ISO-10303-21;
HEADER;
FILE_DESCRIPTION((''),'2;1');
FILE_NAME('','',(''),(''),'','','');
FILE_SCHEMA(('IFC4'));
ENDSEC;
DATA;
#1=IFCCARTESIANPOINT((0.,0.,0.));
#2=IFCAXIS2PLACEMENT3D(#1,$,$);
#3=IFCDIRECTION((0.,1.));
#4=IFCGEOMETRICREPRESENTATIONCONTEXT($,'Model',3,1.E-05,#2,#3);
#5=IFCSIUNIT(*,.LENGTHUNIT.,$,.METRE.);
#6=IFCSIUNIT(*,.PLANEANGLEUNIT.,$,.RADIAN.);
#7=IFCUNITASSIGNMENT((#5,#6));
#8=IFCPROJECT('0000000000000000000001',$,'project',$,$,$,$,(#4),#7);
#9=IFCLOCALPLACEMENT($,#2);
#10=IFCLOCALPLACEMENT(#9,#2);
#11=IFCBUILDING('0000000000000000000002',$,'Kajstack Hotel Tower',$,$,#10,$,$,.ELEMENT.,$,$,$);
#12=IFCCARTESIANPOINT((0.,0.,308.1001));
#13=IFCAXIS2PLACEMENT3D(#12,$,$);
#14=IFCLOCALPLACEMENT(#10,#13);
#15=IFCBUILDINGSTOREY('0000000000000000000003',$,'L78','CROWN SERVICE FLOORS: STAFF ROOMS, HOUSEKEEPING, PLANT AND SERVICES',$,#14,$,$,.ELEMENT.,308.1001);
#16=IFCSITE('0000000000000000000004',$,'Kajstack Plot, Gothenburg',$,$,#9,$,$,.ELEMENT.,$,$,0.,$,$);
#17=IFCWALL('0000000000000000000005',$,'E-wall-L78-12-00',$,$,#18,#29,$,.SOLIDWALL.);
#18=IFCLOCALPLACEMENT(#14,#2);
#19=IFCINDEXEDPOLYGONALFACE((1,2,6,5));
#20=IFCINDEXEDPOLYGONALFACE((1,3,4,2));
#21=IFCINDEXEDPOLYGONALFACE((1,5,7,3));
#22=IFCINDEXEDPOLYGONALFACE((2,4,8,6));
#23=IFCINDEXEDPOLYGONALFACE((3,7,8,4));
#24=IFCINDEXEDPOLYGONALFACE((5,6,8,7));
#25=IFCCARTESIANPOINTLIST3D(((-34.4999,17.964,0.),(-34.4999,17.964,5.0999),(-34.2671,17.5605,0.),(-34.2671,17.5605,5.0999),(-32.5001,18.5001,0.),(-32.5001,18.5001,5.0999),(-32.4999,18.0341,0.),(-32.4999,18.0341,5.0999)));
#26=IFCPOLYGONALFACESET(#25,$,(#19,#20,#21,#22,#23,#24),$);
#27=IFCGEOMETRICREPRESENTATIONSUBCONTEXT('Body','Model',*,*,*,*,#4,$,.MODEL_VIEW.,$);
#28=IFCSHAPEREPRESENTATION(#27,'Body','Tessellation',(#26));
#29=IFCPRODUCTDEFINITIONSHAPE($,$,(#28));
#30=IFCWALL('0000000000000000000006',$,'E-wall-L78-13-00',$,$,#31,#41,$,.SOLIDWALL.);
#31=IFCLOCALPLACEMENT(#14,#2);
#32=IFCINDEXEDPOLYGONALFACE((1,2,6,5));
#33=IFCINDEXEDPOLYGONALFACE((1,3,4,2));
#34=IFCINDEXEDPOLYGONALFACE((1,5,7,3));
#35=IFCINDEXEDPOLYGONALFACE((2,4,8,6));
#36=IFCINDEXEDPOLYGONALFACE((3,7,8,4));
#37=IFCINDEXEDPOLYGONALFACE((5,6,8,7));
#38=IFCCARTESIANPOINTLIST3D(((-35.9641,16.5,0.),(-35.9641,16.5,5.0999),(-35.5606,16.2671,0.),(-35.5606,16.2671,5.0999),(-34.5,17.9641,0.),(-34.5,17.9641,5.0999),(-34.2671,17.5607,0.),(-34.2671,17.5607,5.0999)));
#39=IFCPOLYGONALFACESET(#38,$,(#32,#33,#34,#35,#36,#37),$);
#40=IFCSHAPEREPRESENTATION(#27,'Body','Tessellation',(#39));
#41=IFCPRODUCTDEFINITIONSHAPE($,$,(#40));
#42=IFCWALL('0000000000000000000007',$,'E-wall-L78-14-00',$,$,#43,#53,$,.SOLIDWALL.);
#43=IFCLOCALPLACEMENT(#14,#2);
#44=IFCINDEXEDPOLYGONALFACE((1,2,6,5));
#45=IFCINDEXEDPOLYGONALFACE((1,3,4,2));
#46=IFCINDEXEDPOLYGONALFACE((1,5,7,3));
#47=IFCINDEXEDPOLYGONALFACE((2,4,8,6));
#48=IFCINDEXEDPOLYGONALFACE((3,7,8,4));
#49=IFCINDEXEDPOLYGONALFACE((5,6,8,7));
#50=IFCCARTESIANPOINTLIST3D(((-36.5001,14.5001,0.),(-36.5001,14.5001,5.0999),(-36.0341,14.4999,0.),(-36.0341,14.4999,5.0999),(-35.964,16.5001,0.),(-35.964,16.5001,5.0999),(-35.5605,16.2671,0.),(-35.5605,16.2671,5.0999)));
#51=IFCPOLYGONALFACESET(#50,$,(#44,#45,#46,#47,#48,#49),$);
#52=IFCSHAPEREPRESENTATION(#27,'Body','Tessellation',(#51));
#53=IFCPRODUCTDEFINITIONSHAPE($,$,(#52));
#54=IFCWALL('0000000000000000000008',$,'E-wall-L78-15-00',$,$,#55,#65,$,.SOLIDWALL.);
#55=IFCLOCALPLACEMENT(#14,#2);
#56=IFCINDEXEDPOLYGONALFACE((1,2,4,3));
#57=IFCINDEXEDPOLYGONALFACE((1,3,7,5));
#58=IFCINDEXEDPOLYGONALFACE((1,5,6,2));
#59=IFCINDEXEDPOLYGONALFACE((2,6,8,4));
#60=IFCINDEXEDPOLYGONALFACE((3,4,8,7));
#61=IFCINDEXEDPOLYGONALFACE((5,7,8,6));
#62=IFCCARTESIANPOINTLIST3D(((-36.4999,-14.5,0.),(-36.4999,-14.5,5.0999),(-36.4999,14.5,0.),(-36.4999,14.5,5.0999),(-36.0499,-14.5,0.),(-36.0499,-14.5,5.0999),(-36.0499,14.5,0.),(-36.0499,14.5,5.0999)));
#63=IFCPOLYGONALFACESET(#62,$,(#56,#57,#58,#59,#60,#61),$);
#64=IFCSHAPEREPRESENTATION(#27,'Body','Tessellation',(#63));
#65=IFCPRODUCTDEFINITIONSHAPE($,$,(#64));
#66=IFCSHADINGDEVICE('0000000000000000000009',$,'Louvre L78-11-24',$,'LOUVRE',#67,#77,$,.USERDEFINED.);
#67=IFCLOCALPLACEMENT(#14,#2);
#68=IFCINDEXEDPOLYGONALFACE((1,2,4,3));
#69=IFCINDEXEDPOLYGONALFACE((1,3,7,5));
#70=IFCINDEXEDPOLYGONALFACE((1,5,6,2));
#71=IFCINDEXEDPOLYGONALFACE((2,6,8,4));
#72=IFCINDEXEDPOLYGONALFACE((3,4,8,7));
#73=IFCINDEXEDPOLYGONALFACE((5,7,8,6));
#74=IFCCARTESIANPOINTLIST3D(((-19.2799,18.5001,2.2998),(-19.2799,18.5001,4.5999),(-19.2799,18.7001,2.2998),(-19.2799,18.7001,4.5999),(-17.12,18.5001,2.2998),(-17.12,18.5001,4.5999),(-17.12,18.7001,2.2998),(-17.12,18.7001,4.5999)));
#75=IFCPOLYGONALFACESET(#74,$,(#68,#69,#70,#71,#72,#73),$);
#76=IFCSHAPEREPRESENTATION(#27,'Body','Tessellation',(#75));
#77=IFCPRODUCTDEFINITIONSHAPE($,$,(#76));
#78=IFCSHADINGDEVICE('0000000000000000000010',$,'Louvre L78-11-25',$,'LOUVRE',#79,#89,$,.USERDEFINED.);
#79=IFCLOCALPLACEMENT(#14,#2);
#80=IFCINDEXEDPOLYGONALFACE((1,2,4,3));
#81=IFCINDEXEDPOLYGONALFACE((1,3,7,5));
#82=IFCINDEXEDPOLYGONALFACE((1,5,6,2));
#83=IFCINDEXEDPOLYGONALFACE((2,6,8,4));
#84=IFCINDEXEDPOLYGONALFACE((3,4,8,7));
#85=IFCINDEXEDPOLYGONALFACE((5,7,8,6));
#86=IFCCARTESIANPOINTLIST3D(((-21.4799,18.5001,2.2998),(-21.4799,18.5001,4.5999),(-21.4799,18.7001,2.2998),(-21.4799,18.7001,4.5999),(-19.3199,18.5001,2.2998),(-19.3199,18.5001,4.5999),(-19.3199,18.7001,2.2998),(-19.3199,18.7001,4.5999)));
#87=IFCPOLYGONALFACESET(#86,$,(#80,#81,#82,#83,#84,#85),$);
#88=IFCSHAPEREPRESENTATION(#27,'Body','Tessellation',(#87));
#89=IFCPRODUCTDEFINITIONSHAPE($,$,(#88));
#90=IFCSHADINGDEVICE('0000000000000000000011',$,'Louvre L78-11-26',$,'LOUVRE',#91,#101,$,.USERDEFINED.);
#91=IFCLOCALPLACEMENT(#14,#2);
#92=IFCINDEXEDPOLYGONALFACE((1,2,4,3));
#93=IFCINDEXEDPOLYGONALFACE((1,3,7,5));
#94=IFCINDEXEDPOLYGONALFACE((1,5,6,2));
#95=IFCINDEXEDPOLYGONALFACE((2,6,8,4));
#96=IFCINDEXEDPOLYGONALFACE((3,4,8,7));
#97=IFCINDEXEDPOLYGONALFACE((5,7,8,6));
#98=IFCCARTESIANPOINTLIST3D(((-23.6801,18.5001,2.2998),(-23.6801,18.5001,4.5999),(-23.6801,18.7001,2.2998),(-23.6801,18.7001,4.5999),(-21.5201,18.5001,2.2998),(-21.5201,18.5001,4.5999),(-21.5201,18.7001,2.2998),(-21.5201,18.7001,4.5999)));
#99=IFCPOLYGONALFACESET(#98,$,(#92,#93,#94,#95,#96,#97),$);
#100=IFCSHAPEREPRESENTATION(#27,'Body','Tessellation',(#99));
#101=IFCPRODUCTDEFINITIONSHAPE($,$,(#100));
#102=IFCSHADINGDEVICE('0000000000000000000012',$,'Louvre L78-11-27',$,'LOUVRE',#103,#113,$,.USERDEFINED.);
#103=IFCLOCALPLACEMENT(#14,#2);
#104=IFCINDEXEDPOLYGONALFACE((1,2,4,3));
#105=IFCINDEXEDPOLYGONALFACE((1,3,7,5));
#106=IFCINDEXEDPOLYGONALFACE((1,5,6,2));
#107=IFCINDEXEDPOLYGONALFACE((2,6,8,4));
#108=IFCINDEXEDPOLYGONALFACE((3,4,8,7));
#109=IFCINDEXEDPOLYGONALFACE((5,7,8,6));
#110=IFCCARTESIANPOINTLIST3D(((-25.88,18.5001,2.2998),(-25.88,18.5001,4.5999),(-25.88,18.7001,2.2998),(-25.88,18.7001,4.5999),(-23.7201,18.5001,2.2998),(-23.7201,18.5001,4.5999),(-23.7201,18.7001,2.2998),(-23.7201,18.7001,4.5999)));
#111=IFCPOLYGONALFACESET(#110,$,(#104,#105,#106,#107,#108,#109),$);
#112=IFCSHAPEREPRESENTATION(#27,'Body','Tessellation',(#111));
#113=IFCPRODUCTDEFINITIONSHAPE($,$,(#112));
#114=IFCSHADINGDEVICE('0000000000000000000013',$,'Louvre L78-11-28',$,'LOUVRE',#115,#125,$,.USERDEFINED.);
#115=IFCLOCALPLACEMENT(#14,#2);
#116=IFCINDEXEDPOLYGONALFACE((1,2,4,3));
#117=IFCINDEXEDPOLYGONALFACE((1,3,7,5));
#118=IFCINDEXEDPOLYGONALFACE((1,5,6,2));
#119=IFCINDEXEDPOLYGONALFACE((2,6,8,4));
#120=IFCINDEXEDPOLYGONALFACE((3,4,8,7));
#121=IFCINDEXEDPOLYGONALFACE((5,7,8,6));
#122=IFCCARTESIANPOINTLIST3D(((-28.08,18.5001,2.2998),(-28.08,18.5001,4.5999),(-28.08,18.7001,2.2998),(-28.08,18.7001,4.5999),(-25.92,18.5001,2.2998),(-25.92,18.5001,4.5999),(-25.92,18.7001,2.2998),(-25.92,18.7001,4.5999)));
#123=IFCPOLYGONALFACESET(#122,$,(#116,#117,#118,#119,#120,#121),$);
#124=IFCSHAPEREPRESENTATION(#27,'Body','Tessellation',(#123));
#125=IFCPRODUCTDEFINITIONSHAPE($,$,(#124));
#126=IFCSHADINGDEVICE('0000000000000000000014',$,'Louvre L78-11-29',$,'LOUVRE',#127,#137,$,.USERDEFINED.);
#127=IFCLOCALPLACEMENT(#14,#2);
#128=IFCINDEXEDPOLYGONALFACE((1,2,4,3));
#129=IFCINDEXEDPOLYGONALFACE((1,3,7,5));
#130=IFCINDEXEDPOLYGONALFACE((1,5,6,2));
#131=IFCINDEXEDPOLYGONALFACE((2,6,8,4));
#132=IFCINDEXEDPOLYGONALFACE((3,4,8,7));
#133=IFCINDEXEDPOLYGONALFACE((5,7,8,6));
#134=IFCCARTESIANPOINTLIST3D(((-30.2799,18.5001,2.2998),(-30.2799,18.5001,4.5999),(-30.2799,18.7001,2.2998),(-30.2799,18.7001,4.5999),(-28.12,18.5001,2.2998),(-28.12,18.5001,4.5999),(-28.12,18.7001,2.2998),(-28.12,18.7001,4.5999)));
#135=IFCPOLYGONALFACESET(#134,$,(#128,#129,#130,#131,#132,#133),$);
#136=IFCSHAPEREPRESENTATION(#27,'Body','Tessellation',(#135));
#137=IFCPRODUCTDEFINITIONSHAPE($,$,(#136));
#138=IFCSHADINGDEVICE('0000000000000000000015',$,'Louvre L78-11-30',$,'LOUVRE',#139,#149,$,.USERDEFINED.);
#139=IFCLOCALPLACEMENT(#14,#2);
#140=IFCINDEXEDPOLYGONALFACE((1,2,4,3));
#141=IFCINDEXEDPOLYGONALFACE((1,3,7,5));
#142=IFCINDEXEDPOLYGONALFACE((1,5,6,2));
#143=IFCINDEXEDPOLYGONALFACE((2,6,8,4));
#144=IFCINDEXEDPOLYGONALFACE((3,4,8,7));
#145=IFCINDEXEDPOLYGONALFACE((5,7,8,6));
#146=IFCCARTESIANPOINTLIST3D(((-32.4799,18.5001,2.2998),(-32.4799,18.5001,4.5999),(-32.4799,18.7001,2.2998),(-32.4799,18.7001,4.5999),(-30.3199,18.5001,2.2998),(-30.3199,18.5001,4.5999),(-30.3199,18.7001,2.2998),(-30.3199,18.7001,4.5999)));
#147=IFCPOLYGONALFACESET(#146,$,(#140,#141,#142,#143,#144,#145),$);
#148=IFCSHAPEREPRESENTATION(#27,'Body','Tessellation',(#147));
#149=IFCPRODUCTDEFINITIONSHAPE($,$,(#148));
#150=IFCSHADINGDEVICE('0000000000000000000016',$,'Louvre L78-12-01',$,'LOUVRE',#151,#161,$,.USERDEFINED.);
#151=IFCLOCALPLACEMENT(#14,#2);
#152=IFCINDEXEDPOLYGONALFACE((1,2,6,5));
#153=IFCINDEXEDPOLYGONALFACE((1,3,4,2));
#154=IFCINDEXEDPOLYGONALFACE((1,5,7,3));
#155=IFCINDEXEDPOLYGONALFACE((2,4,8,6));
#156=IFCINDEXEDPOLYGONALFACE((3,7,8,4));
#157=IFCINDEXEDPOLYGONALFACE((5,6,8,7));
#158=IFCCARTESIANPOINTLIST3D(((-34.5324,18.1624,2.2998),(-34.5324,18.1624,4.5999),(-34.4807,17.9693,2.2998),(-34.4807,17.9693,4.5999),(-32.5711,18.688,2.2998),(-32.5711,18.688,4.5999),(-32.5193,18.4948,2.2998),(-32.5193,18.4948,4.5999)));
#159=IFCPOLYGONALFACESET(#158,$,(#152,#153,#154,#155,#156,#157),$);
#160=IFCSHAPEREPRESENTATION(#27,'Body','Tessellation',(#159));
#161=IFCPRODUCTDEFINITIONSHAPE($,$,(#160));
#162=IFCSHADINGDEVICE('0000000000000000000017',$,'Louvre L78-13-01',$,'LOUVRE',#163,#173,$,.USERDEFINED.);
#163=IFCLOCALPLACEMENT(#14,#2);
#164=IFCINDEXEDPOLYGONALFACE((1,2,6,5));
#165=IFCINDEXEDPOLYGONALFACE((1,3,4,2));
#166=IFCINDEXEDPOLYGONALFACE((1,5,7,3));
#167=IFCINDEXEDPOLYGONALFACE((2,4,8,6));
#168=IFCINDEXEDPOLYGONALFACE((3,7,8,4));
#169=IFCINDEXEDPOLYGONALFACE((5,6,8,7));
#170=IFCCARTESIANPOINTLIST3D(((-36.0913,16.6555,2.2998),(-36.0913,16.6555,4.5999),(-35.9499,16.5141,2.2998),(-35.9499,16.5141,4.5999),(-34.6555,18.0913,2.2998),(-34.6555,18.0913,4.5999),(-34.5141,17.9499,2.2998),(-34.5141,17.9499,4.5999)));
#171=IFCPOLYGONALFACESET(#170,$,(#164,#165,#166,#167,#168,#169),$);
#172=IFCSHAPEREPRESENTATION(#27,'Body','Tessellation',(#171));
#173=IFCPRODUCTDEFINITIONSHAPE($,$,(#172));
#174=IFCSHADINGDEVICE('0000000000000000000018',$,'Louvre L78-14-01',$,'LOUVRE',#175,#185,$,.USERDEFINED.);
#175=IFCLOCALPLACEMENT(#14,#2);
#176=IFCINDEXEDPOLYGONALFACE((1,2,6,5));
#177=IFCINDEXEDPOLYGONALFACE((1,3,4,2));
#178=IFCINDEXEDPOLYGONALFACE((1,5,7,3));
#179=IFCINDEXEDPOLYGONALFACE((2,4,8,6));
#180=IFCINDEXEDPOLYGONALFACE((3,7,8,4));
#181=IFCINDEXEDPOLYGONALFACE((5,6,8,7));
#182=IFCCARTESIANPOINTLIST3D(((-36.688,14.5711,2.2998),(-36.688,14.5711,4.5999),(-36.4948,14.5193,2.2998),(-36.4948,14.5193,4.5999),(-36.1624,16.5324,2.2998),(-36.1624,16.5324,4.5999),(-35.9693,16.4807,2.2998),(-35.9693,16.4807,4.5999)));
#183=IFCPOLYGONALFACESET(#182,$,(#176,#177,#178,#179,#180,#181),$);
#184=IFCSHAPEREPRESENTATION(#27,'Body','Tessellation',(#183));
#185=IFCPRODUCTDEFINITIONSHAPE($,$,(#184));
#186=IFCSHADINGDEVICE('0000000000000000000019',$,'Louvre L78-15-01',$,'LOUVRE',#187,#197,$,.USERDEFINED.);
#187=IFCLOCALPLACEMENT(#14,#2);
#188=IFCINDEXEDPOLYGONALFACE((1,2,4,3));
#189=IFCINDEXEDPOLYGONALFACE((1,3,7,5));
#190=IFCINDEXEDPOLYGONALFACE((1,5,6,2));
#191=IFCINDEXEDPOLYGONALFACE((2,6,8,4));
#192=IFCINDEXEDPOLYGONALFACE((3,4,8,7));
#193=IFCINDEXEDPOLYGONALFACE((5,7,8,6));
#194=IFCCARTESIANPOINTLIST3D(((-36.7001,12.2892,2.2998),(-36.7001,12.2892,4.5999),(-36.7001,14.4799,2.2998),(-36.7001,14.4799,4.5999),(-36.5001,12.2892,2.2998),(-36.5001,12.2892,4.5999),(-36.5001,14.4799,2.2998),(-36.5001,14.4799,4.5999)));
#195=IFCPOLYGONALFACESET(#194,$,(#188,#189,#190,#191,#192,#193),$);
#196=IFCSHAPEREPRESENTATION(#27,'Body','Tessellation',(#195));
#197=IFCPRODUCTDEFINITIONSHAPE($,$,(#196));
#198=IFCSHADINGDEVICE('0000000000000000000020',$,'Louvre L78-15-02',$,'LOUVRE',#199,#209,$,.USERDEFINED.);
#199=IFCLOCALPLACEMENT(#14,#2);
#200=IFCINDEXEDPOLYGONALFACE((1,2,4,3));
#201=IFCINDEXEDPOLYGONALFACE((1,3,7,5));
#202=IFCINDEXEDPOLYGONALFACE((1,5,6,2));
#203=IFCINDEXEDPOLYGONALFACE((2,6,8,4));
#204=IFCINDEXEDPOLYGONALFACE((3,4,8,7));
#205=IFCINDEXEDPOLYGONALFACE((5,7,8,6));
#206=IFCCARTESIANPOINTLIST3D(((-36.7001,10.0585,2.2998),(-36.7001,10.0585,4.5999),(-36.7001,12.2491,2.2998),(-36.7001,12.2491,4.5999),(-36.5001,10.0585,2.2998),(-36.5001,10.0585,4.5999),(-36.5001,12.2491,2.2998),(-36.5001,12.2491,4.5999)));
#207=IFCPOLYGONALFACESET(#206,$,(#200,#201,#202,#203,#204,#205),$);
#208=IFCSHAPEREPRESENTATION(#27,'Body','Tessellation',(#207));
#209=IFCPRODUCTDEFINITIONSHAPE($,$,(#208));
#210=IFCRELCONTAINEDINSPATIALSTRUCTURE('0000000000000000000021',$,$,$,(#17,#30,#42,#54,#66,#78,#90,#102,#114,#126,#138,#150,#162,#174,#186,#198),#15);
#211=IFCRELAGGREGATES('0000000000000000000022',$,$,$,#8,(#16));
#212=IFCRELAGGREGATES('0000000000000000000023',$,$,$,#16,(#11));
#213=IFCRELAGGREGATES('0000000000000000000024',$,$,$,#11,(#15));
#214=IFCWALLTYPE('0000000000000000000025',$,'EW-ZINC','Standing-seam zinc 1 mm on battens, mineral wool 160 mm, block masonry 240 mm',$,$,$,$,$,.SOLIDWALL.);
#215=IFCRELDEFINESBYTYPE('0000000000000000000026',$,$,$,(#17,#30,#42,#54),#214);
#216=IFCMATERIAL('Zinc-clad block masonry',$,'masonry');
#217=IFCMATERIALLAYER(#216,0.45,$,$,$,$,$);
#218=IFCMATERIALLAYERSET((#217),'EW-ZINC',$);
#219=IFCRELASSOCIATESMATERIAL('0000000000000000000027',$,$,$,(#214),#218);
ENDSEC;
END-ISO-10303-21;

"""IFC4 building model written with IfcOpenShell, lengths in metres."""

from ifc_helpers import new_model, si_unit, direction, frame, frame_2d, origin, origin_2d, place, context, subcontext, project, spatial, polyline, rectangle, outline, extrude, material, layer, layer_set, type_object, element, save


model = new_model("IFC4")

# Units and contexts
model_context = context("Model", 3, precision=1e-05, world=origin(), true_north=direction((0.0, 1.0)))
body_context = subcontext(model_context, "Body", "Model", "MODEL_VIEW")
ifc_project = project(units=[si_unit("LENGTHUNIT", "METRE"), si_unit("PLANEANGLEUNIT", "RADIAN")], contexts=[model_context])

# Site, building, storey
site_placement = place(None, origin())
site = spatial("IfcSite", under=ifc_project, at=site_placement, Name="Kajstack Plot, Gothenburg", CompositionType="ELEMENT", RefElevation=0.0)
building_placement = place(site_placement, origin())
building = spatial("IfcBuilding", under=site, at=building_placement, Name="Kajstack Hotel Tower", CompositionType="ELEMENT")
storey_placement = place(building_placement, frame((0.0, 0.0, 308.1001)))
storey = spatial("IfcBuildingStorey", under=building, at=storey_placement, Name="L78", Description="CROWN SERVICE FLOORS: STAFF ROOMS, HOUSEKEEPING, PLANT AND SERVICES", CompositionType="ELEMENT", Elevation=308.1001)

# Walls
ifc_material_1 = material(Name="Zinc-clad block masonry", Category="masonry")
ifc_layer = layer(ifc_material_1, 0.45)
ifc_layer_set = layer_set([ifc_layer], Name="EW-ZINC")
wall_type = type_object("IfcWallType", Name="EW-ZINC", Description="Standing-seam zinc 1 mm on battens, mineral wool 160 mm, block masonry 240 mm", PredefinedType="SOLIDWALL", material=ifc_layer_set)
wall_1_placement = place(storey_placement, frame((-32.4417, 18.2827, 0.0), z_axis=(0.0, 0.0, 1.0), x_axis=(-0.965927, -0.258815, 0.0)))
element("IfcWall", 1, at=wall_1_placement, inside=storey, type_object=wall_type, Name="E-wall-L78-12-00", PredefinedType="SOLIDWALL", context=body_context, shape_type="SweptSolid", body=[
    extrude(outline(polyline([(0.0002, -0.2251), (2.0706, -0.2249), (1.9502, 0.2251), (0.1206, 0.2251), (0.0002, -0.2251)])), origin(), (0.0, 0.0, 1.0), 5.0999),
])
wall_2_placement = place(storey_placement, frame((-34.3408, 17.8049, 0.0), z_axis=(0.0, 0.0, 1.0), x_axis=(-0.707107, -0.707107, 0.0)))
element("IfcWall", 2, at=wall_2_placement, inside=storey, type_object=wall_type, Name="E-wall-L78-13-00", PredefinedType="SOLIDWALL", context=body_context, shape_type="SweptSolid", body=[
    extrude(outline(polyline([(0.0, -0.2251), (2.0706, -0.2251), (1.95, 0.2249), (0.1206, 0.2249), (0.0, -0.2251)])), origin(), (0.0, 0.0, 1.0), 5.0999),
])
wall_3_placement = place(storey_placement, frame((-35.7468, 16.4417, 0.0), z_axis=(0.0, 0.0, 1.0), x_axis=(-0.258815, -0.965927, 0.0)))
element("IfcWall", 3, at=wall_3_placement, inside=storey, type_object=wall_type, Name="E-wall-L78-14-00", PredefinedType="SOLIDWALL", context=body_context, shape_type="SweptSolid", body=[
    extrude(outline(polyline([(-0.0002, -0.2249), (2.0703, -0.2251), (1.95, 0.2251), (0.1204, 0.2251), (-0.0002, -0.2249)])), origin(), (0.0, 0.0, 1.0), 5.0999),
])
wall_4_placement = place(storey_placement, frame((-36.2749, 14.5, 0.0), z_axis=(0.0, 0.0, 1.0), x_axis=(0.0, -1.0, 0.0)))
element("IfcWall", 4, at=wall_4_placement, inside=storey, type_object=wall_type, Name="E-wall-L78-15-00", PredefinedType="SOLIDWALL", context=body_context, shape_type="SweptSolid", body=[
    extrude(rectangle(XDim=29.0, YDim=0.45, at=frame_2d((14.5, 0.0))), origin(), (0.0, 0.0, 1.0), 5.0999),
])

# Shading devices
for number, where, z_axis, x_axis, name in (
    (5, (-18.2, 18.6001, 2.2998), (0.0, 0.0, 1.0), (-1.0, 0.0, 0.0), "Louvre L78-11-24"),
    (6, (-20.3999, 18.6001, 2.2998), (0.0, 0.0, 1.0), (-1.0, 0.0, 0.0), "Louvre L78-11-25"),
    (7, (-22.6001, 18.6001, 2.2998), (0.0, 0.0, 1.0), (-1.0, 0.0, 0.0), "Louvre L78-11-26"),
    (8, (-24.8, 18.6001, 2.2998), (0.0, 0.0, 1.0), (-1.0, 0.0, 0.0), "Louvre L78-11-27"),
    (9, (-27.0, 18.6001, 2.2998), (0.0, 0.0, 1.0), (-1.0, 0.0, 0.0), "Louvre L78-11-28"),
    (10, (-29.2, 18.6001, 2.2998), (0.0, 0.0, 1.0), (-1.0, 0.0, 0.0), "Louvre L78-11-29"),
    (11, (-31.3999, 18.6001, 2.2998), (0.0, 0.0, 1.0), (-1.0, 0.0, 0.0), "Louvre L78-11-30"),
):
    element("IfcShadingDevice", number, at=place(storey_placement, frame(where, z_axis=z_axis, x_axis=x_axis)), inside=storey, Name=name, ObjectType="LOUVRE", PredefinedType="USERDEFINED", context=body_context, shape_type="SweptSolid", body=[
        extrude(rectangle(XDim=2.1599, YDim=0.2, at=origin_2d()), origin(), (0.0, 0.0, 1.0), 2.3),
    ])
for number, where, z_axis, x_axis, name in (
    (12, (-33.5259, 18.3286, 2.2998), (0.0, 0.0, 1.0), (-0.965926, -0.25882, 0.0), "Louvre L78-12-01"),
    (13, (-35.3027, 17.3027, 2.2998), (0.0, 0.0, 1.0), (-0.707107, -0.707107, 0.0), "Louvre L78-13-01"),
    (14, (-36.3286, 15.5259, 2.2998), (0.0, 0.0, 1.0), (-0.25882, -0.965926, 0.0), "Louvre L78-14-01"),
):
    element("IfcShadingDevice", number, at=place(storey_placement, frame(where, z_axis=z_axis, x_axis=x_axis)), inside=storey, Name=name, ObjectType="LOUVRE", PredefinedType="USERDEFINED", context=body_context, shape_type="SweptSolid", body=[
        extrude(rectangle(XDim=2.0305, YDim=0.2, at=origin_2d()), origin(), (0.0, 0.0, 1.0), 2.3),
    ])
for number, where, z_axis, x_axis, name in (
    (15, (-36.6001, 13.3845, 2.2998), (0.0, 0.0, 1.0), (0.0, -1.0, 0.0), "Louvre L78-15-01"),
    (16, (-36.6001, 11.1538, 2.2998), (0.0, 0.0, 1.0), (0.0, -1.0, 0.0), "Louvre L78-15-02"),
):
    element("IfcShadingDevice", number, at=place(storey_placement, frame(where, z_axis=z_axis, x_axis=x_axis)), inside=storey, Name=name, ObjectType="LOUVRE", PredefinedType="USERDEFINED", context=body_context, shape_type="SweptSolid", body=[
        extrude(rectangle(XDim=2.1907, YDim=0.2, at=origin_2d()), origin(), (0.0, 0.0, 1.0), 2.3),
    ])

save(model, "model.ifc")
